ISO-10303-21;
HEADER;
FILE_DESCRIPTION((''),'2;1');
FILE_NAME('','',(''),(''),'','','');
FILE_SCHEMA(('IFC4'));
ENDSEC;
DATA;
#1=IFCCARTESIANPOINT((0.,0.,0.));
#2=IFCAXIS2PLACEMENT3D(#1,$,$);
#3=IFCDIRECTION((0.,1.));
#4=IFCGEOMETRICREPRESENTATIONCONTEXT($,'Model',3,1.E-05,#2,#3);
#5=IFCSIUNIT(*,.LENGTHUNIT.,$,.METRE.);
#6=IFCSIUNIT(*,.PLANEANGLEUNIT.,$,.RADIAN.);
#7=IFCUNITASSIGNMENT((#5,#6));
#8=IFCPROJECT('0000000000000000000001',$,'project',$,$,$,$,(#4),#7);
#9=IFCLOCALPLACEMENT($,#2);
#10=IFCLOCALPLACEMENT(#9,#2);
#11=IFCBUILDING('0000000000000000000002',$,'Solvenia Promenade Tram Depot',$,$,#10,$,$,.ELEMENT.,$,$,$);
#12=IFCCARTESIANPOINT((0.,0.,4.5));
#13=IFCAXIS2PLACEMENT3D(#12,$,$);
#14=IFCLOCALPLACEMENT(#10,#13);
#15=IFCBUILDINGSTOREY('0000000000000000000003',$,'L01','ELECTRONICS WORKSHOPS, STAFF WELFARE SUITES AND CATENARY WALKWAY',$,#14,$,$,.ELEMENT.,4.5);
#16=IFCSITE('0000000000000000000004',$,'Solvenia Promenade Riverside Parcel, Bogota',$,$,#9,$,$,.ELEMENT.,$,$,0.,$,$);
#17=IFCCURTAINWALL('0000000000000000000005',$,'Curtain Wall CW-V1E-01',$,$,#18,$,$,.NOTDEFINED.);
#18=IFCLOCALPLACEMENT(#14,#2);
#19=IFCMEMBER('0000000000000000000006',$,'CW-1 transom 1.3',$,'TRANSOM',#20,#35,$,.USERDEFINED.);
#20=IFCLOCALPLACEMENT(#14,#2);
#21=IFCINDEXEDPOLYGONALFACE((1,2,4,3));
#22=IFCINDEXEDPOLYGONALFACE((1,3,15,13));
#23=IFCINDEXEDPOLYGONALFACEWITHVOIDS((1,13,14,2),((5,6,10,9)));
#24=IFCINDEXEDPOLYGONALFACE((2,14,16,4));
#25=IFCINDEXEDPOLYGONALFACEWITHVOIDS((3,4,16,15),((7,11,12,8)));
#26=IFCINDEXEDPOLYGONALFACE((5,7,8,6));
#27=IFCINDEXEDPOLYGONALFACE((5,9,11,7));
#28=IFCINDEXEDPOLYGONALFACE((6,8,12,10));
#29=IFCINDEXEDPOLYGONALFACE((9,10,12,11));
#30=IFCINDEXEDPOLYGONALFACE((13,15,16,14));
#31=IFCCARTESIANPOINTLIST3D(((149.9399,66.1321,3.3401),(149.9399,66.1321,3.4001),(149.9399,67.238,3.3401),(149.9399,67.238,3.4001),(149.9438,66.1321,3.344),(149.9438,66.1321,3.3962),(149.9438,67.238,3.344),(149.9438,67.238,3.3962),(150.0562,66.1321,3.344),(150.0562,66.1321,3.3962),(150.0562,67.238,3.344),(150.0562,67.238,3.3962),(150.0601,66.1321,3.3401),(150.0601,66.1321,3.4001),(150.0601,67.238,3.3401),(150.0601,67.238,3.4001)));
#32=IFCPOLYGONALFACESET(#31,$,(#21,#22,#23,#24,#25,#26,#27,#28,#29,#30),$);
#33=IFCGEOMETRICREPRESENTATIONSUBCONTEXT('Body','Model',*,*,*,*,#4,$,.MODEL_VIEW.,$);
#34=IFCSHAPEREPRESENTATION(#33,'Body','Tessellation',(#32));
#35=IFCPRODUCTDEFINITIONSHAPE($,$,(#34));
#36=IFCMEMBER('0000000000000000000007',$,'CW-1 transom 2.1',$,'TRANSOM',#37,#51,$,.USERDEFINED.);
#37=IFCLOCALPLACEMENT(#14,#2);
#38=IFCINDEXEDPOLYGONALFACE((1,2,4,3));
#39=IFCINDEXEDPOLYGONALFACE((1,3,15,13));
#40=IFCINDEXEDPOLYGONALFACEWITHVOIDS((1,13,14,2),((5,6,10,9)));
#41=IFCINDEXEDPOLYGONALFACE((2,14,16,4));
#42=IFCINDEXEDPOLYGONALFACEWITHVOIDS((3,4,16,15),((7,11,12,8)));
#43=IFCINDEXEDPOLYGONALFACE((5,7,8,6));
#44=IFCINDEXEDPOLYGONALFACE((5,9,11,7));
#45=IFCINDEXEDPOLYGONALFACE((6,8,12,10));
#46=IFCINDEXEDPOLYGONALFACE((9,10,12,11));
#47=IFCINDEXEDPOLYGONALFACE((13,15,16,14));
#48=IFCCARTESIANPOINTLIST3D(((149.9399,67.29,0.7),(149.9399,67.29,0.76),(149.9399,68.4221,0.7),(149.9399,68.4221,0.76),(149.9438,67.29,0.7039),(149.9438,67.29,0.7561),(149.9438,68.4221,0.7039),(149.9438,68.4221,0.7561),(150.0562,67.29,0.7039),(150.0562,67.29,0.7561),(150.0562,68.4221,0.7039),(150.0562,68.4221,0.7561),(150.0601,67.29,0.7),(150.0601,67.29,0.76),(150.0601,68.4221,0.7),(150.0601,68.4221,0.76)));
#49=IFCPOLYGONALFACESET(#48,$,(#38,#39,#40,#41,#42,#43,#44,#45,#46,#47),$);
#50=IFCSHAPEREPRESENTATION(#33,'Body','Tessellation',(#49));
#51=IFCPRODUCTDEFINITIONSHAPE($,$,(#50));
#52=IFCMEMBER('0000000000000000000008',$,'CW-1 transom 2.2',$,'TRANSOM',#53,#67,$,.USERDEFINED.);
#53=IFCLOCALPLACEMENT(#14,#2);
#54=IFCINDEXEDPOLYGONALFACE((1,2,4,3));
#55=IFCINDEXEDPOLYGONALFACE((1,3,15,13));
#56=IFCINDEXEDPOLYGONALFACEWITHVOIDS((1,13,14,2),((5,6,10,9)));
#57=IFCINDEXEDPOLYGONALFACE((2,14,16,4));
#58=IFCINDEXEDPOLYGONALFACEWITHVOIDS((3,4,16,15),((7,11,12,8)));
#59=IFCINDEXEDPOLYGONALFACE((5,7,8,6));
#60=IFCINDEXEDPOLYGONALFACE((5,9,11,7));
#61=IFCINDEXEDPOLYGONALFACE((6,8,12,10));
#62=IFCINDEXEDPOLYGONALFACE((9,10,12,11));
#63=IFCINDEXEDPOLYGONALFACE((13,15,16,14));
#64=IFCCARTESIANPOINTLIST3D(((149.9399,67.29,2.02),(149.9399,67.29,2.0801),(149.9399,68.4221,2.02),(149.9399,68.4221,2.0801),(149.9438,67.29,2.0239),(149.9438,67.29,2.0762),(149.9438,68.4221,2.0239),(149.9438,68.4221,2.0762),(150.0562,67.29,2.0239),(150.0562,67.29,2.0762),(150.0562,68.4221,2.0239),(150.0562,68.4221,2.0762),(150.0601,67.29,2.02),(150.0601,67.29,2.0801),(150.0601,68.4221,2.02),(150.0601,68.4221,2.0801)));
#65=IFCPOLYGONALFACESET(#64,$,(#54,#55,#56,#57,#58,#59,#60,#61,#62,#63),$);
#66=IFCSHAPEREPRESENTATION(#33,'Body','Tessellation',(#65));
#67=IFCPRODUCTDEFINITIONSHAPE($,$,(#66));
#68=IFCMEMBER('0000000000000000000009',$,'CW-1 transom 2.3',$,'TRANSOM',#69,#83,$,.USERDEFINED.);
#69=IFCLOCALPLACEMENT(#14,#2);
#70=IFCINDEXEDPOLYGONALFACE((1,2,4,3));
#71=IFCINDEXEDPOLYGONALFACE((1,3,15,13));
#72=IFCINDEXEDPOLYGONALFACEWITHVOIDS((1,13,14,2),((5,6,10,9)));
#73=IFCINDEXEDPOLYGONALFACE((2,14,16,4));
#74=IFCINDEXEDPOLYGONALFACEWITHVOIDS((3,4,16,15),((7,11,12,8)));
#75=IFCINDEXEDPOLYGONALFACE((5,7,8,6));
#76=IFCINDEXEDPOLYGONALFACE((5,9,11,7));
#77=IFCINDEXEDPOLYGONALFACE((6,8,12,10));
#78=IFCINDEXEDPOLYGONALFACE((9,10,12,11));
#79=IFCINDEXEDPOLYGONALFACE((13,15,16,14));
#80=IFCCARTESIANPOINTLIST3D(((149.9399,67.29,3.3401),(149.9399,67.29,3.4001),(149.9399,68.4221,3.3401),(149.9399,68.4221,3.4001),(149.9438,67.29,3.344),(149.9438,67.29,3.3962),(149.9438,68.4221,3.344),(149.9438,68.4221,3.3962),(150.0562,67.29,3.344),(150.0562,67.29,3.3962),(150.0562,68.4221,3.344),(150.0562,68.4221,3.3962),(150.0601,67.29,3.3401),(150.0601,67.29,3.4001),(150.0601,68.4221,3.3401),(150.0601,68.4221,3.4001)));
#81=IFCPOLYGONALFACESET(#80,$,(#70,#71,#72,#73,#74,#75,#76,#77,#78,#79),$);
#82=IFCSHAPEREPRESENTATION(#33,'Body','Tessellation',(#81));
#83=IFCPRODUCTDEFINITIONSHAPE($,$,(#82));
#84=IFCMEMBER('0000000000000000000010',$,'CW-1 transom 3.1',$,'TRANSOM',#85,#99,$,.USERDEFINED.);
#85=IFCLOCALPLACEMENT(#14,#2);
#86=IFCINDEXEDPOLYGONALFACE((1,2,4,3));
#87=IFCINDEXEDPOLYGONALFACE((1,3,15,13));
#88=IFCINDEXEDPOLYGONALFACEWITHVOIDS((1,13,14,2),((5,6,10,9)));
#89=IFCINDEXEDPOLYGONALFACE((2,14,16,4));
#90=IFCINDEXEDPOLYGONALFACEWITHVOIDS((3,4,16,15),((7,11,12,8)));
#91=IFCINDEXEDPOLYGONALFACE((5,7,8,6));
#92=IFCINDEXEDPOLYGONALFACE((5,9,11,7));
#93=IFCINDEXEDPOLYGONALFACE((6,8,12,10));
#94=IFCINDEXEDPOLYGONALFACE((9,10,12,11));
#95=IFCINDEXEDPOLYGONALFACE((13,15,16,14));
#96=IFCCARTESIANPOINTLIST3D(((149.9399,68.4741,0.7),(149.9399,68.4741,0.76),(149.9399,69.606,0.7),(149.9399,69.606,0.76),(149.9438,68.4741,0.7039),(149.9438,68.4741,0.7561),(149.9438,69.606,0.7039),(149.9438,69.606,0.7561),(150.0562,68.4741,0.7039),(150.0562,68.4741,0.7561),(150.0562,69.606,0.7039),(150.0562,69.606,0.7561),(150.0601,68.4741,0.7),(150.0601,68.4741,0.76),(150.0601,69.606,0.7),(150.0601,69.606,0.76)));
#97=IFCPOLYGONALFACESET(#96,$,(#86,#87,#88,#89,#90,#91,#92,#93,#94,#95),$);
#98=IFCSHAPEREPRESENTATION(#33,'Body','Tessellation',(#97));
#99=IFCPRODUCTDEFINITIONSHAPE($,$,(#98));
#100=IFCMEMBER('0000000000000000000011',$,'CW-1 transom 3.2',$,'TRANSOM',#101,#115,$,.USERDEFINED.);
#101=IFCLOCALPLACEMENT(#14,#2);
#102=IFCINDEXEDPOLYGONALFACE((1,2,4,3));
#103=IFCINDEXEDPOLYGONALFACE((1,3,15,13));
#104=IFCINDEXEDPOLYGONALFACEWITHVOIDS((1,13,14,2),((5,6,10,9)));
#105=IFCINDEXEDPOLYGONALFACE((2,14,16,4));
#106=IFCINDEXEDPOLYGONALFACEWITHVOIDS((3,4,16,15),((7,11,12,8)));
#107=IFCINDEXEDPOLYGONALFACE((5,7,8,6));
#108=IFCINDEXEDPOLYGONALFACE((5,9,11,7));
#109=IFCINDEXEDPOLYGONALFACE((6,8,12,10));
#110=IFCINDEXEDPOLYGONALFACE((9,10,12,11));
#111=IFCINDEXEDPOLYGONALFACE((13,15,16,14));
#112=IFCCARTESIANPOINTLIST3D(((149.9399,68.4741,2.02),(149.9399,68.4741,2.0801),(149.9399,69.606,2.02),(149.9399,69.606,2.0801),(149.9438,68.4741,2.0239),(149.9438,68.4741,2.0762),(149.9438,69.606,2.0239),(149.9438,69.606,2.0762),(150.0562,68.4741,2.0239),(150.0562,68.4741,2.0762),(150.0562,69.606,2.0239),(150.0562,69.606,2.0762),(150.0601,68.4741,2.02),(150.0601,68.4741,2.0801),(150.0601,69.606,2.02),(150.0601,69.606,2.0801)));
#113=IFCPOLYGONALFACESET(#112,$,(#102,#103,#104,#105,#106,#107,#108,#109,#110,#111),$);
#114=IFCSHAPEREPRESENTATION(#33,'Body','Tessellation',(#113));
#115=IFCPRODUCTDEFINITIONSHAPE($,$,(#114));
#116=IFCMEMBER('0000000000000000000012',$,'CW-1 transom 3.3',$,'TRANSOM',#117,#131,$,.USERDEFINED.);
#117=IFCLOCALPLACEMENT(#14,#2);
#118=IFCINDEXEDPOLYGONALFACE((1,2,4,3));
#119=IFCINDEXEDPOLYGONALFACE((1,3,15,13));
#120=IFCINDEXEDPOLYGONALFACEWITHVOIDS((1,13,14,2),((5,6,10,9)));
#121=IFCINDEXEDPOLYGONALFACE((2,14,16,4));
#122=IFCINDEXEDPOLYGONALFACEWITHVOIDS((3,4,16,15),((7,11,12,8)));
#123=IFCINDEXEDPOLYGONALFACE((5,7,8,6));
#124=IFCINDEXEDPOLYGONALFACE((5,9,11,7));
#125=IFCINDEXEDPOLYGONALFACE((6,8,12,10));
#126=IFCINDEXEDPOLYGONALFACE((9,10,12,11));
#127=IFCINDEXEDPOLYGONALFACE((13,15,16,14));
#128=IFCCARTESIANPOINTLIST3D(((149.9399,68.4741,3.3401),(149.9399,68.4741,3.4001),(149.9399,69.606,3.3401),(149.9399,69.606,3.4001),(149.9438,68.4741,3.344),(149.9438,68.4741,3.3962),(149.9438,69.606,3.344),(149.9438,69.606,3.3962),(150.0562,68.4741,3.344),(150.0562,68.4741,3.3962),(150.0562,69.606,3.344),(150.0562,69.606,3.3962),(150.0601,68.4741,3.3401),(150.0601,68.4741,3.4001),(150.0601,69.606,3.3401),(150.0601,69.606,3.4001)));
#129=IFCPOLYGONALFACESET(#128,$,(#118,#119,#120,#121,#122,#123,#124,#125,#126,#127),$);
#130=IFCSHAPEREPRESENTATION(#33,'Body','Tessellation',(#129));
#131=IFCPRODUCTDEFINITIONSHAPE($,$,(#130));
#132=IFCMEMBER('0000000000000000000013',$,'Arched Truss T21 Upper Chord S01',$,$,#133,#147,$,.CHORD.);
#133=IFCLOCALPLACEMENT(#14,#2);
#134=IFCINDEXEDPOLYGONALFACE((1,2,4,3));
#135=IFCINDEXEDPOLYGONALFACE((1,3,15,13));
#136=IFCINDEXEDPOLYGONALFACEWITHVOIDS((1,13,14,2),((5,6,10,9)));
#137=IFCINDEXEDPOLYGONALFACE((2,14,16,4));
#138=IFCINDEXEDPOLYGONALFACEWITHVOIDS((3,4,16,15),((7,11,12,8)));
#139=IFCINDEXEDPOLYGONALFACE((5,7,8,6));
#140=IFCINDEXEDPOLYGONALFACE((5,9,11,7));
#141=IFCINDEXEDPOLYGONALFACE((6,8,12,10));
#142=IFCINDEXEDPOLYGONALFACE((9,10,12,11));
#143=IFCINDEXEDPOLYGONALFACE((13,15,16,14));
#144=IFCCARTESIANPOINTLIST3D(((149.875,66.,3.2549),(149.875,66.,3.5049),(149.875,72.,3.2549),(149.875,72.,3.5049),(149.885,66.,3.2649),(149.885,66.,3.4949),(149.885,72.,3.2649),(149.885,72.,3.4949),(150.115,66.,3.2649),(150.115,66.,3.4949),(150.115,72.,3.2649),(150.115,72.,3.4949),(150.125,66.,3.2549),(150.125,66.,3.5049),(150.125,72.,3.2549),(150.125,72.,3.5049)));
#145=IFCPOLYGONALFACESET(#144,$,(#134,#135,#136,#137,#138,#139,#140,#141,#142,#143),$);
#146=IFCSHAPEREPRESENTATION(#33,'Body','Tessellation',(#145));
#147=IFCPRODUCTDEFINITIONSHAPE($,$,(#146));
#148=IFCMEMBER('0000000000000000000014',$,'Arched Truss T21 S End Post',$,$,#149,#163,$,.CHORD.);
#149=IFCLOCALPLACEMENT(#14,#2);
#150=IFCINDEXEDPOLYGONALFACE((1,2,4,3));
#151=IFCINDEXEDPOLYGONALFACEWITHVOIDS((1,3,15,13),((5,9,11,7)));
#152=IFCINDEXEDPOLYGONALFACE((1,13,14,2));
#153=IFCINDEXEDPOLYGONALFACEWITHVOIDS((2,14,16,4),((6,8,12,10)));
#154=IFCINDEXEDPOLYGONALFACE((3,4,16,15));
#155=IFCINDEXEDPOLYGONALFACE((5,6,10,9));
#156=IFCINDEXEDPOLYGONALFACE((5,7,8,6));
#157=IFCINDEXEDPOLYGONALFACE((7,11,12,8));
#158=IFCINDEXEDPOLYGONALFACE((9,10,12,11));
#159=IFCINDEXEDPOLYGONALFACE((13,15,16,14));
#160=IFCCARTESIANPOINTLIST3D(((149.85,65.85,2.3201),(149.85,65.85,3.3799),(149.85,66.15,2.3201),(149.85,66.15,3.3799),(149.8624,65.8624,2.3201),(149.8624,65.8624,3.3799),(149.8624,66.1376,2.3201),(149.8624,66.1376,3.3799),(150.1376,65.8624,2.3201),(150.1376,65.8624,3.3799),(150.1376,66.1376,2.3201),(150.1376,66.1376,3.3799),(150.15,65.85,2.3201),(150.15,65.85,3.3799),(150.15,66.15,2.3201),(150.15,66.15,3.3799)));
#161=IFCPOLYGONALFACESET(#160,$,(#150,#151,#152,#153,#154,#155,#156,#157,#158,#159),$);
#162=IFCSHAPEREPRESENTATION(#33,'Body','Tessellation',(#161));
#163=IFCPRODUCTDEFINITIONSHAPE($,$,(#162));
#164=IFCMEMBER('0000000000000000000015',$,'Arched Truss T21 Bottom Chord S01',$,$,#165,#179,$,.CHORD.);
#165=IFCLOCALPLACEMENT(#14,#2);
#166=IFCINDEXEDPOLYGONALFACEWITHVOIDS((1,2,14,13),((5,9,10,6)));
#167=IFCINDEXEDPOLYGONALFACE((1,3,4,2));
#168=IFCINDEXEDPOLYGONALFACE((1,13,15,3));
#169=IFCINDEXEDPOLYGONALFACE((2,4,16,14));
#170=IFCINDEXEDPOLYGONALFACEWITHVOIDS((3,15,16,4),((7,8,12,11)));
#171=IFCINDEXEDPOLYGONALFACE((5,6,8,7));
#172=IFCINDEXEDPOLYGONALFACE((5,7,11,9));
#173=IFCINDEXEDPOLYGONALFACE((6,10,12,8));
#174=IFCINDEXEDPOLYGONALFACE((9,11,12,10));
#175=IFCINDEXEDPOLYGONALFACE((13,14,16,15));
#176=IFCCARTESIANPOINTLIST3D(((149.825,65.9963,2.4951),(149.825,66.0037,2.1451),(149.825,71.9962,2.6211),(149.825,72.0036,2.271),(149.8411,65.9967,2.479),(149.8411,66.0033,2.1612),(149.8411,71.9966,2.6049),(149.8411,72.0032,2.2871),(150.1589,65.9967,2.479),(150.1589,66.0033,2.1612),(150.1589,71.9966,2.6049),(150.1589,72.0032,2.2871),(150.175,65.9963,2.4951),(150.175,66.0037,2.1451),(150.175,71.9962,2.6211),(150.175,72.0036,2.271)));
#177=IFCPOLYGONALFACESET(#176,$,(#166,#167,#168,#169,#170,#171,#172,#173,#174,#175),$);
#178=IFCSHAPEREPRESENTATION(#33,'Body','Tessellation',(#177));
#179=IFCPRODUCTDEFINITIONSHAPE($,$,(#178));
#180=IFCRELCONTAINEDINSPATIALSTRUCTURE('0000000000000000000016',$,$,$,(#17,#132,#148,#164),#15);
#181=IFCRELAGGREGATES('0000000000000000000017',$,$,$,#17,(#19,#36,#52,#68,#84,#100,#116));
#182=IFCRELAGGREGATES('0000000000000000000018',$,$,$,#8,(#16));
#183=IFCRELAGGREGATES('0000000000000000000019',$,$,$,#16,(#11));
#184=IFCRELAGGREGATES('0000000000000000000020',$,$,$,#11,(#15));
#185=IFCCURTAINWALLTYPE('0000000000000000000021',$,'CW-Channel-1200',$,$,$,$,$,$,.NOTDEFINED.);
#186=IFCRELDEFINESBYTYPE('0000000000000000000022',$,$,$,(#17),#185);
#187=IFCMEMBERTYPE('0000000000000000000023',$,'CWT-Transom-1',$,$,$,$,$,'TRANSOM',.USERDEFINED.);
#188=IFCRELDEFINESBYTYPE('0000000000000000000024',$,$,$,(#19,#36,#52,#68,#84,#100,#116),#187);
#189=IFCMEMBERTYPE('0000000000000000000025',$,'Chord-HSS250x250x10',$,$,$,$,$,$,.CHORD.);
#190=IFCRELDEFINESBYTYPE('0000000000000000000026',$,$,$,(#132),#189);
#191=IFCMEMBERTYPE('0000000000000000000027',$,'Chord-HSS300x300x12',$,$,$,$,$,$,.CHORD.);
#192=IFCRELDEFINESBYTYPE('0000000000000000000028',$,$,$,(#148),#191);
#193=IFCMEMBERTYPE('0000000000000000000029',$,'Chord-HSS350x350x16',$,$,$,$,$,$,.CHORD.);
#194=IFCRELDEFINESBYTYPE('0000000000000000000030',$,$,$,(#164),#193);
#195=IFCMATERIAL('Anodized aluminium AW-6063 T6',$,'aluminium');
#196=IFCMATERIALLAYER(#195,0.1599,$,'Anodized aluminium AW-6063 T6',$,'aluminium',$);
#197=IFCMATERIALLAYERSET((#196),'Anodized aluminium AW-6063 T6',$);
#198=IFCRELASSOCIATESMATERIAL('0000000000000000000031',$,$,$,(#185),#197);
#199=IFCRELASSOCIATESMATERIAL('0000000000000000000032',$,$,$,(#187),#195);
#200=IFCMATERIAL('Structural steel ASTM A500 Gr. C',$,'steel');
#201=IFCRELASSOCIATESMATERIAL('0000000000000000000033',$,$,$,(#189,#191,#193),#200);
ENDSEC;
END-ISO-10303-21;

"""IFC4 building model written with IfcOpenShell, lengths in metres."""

from ifc_helpers import new_model, si_unit, direction, frame, origin, origin_2d, place, context, subcontext, project, spatial, hollow_rectangle, extrude, material, layer, layer_set, material_profile, profile_set, type_object, element, aggregate, save


model = new_model("IFC4")

# Units and contexts
model_context = context("Model", 3, precision=1e-05, world=origin(), true_north=direction((0.0, 1.0)))
body_context = subcontext(model_context, "Body", "Model", "MODEL_VIEW")
ifc_project = project(units=[si_unit("LENGTHUNIT", "METRE"), si_unit("PLANEANGLEUNIT", "RADIAN")], contexts=[model_context])

# Site, building, storey
site_placement = place(None, origin())
site = spatial("IfcSite", under=ifc_project, at=site_placement, Name="Solvenia Promenade Riverside Parcel, Bogota", CompositionType="ELEMENT", RefElevation=0.0)
building_placement = place(site_placement, origin())
building = spatial("IfcBuilding", under=site, at=building_placement, Name="Solvenia Promenade Tram Depot", CompositionType="ELEMENT")
storey_placement = place(building_placement, frame((0.0, 0.0, 4.5)))
storey = spatial("IfcBuildingStorey", under=building, at=storey_placement, Name="L01", Description="ELECTRONICS WORKSHOPS, STAFF WELFARE SUITES AND CATENARY WALKWAY", CompositionType="ELEMENT", Elevation=4.5)

# Curtain wall, members
ifc_material_1 = material(Name="Anodized aluminium AW-6063 T6", Category="aluminium")
ifc_layer_1 = layer(ifc_material_1, 0.1599, Name="Anodized aluminium AW-6063 T6", Category="aluminium")
ifc_layer_set_1 = layer_set([ifc_layer_1], Name="Anodized aluminium AW-6063 T6")
curtain_wall_type = type_object("IfcCurtainWallType", Name="CW-Channel-1200", PredefinedType="NOTDEFINED", material=ifc_layer_set_1)
curtain_wall_placement = place(storey_placement, origin())
curtain_wall = element("IfcCurtainWall", 1, at=curtain_wall_placement, inside=storey, type_object=curtain_wall_type, Name="Curtain Wall CW-V1E-01", PredefinedType="NOTDEFINED")
ifc_material_profile_1 = material_profile(ifc_material_1, hollow_rectangle(XDim=0.1201, YDim=0.0601, WallThickness=0.0039, at=origin_2d()), Name="ALU-T1", Category="aluminium")
ifc_profile_set_1 = profile_set([ifc_material_profile_1], Name="Anodized aluminium AW-6063 T6")
member_type_1 = type_object("IfcMemberType", Name="CWT-Transom-1", ElementType="TRANSOM", PredefinedType="USERDEFINED", material=ifc_profile_set_1)
member_1_placement = place(storey_placement, frame((150.0, 66.1321, 3.3701), z_axis=(0.0, 1.0, 0.0), x_axis=(-1.0, 0.0, 0.0)))
member_1 = element("IfcMember", 2, at=member_1_placement, type_object=member_type_1, Name="CW-1 transom 1.3", ObjectType="TRANSOM", PredefinedType="USERDEFINED", context=body_context, shape_type="SweptSolid", body=[
    extrude(hollow_rectangle(XDim=0.1201, YDim=0.0601, WallThickness=0.0039, at=origin_2d()), origin(), (0.0, 0.0, 1.0), 1.106),
])
member_2_placement = place(storey_placement, frame((150.0, 67.29, 0.73), z_axis=(0.0, 1.0, 0.0), x_axis=(-1.0, 0.0, 0.0)))
member_2 = element("IfcMember", 3, at=member_2_placement, type_object=member_type_1, Name="CW-1 transom 2.1", ObjectType="TRANSOM", PredefinedType="USERDEFINED", context=body_context, shape_type="SweptSolid", body=[
    extrude(hollow_rectangle(XDim=0.1201, YDim=0.0601, WallThickness=0.0039, at=origin_2d()), origin(), (0.0, 0.0, 1.0), 1.1321),
])
member_3_placement = place(storey_placement, frame((150.0, 67.29, 2.05), z_axis=(0.0, 1.0, 0.0), x_axis=(-1.0, 0.0, 0.0)))
member_3 = element("IfcMember", 4, at=member_3_placement, type_object=member_type_1, Name="CW-1 transom 2.2", ObjectType="TRANSOM", PredefinedType="USERDEFINED", context=body_context, shape_type="SweptSolid", body=[
    extrude(hollow_rectangle(XDim=0.1201, YDim=0.0601, WallThickness=0.0039, at=origin_2d()), origin(), (0.0, 0.0, 1.0), 1.1321),
])
member_4_placement = place(storey_placement, frame((150.0, 67.29, 3.3701), z_axis=(0.0, 1.0, 0.0), x_axis=(-1.0, 0.0, 0.0)))
member_4 = element("IfcMember", 5, at=member_4_placement, type_object=member_type_1, Name="CW-1 transom 2.3", ObjectType="TRANSOM", PredefinedType="USERDEFINED", context=body_context, shape_type="SweptSolid", body=[
    extrude(hollow_rectangle(XDim=0.1201, YDim=0.0601, WallThickness=0.0039, at=origin_2d()), origin(), (0.0, 0.0, 1.0), 1.1321),
])
member_5_placement = place(storey_placement, frame((150.0, 68.4741, 0.73), z_axis=(0.0, 1.0, 0.0), x_axis=(-1.0, 0.0, 0.0)))
member_5 = element("IfcMember", 6, at=member_5_placement, type_object=member_type_1, Name="CW-1 transom 3.1", ObjectType="TRANSOM", PredefinedType="USERDEFINED", context=body_context, shape_type="SweptSolid", body=[
    extrude(hollow_rectangle(XDim=0.1201, YDim=0.0601, WallThickness=0.0039, at=origin_2d()), origin(), (0.0, 0.0, 1.0), 1.1318),
])
member_6_placement = place(storey_placement, frame((150.0, 68.4741, 2.05), z_axis=(0.0, 1.0, 0.0), x_axis=(-1.0, 0.0, 0.0)))
member_6 = element("IfcMember", 7, at=member_6_placement, type_object=member_type_1, Name="CW-1 transom 3.2", ObjectType="TRANSOM", PredefinedType="USERDEFINED", context=body_context, shape_type="SweptSolid", body=[
    extrude(hollow_rectangle(XDim=0.1201, YDim=0.0601, WallThickness=0.0039, at=origin_2d()), origin(), (0.0, 0.0, 1.0), 1.1318),
])
member_7_placement = place(storey_placement, frame((150.0, 68.4741, 3.3701), z_axis=(0.0, 1.0, 0.0), x_axis=(-1.0, 0.0, 0.0)))
member_7 = element("IfcMember", 8, at=member_7_placement, type_object=member_type_1, Name="CW-1 transom 3.3", ObjectType="TRANSOM", PredefinedType="USERDEFINED", context=body_context, shape_type="SweptSolid", body=[
    extrude(hollow_rectangle(XDim=0.1201, YDim=0.0601, WallThickness=0.0039, at=origin_2d()), origin(), (0.0, 0.0, 1.0), 1.1318),
])

# Members
ifc_material_2 = material(Name="Structural steel ASTM A500 Gr. C", Category="steel")
ifc_material_profile_2 = material_profile(ifc_material_2, hollow_rectangle(XDim=0.25, YDim=0.25, WallThickness=0.01, at=origin_2d()), Name="HSS250x250x10", Category="steel")
ifc_profile_set_2 = profile_set([ifc_material_profile_2], Name="Structural steel ASTM A500 Gr. C")
member_type_2 = type_object("IfcMemberType", Name="Chord-HSS250x250x10", PredefinedType="CHORD", material=ifc_profile_set_2)
member_8_placement = place(storey_placement, frame((150.0, 66.0, 3.3799), z_axis=(0.0, 1.0, 0.0), x_axis=(-1.0, 0.0, 0.0)))
element("IfcMember", 9, at=member_8_placement, inside=storey, type_object=member_type_2, Name="Arched Truss T21 Upper Chord S01", PredefinedType="CHORD", context=body_context, shape_type="SweptSolid", body=[
    extrude(hollow_rectangle(XDim=0.25, YDim=0.25, WallThickness=0.01, at=origin_2d()), origin(), (0.0, 0.0, 1.0), 6.0),
])
ifc_material_profile_3 = material_profile(ifc_material_2, hollow_rectangle(XDim=0.3, YDim=0.3, WallThickness=0.0125, at=origin_2d()), Name="HSS300x300x12.5", Category="steel")
ifc_profile_set_3 = profile_set([ifc_material_profile_3], Name="Structural steel ASTM A500 Gr. C")
member_type_3 = type_object("IfcMemberType", Name="Chord-HSS300x300x12", PredefinedType="CHORD", material=ifc_profile_set_3)
member_9_placement = place(storey_placement, frame((150.0, 66.0, 2.3201), z_axis=(0.0, 0.0, 1.0), x_axis=(1.0, 0.0, 0.0)))
element("IfcMember", 10, at=member_9_placement, inside=storey, type_object=member_type_3, Name="Arched Truss T21 S End Post", PredefinedType="CHORD", context=body_context, shape_type="SweptSolid", body=[
    extrude(hollow_rectangle(XDim=0.3, YDim=0.3, WallThickness=0.0125, at=origin_2d()), origin(), (0.0, 0.0, 1.0), 1.0598),
])
ifc_material_profile_4 = material_profile(ifc_material_2, hollow_rectangle(XDim=0.3501, YDim=0.3501, WallThickness=0.0161, at=origin_2d()), Name="HSS350x350x16", Category="steel")
ifc_profile_set_4 = profile_set([ifc_material_profile_4], Name="Structural steel ASTM A500 Gr. C")
member_type_4 = type_object("IfcMemberType", Name="Chord-HSS350x350x16", PredefinedType="CHORD", material=ifc_profile_set_4)
member_10_placement = place(storey_placement, frame((150.0, 66.0, 2.3201), z_axis=(0.0, 0.99978, 0.020991), x_axis=(-1.0, 0.0, 0.0)))
element("IfcMember", 11, at=member_10_placement, inside=storey, type_object=member_type_4, Name="Arched Truss T21 Bottom Chord S01", PredefinedType="CHORD", context=body_context, shape_type="SweptSolid", body=[
    extrude(hollow_rectangle(XDim=0.3501, YDim=0.3501, WallThickness=0.0161, at=origin_2d()), origin(), (0.0, 0.0, 1.0), 6.0012),
])

aggregate(curtain_wall, [member_1, member_2, member_3, member_4, member_5, member_6, member_7])

save(model, "model.ifc")
